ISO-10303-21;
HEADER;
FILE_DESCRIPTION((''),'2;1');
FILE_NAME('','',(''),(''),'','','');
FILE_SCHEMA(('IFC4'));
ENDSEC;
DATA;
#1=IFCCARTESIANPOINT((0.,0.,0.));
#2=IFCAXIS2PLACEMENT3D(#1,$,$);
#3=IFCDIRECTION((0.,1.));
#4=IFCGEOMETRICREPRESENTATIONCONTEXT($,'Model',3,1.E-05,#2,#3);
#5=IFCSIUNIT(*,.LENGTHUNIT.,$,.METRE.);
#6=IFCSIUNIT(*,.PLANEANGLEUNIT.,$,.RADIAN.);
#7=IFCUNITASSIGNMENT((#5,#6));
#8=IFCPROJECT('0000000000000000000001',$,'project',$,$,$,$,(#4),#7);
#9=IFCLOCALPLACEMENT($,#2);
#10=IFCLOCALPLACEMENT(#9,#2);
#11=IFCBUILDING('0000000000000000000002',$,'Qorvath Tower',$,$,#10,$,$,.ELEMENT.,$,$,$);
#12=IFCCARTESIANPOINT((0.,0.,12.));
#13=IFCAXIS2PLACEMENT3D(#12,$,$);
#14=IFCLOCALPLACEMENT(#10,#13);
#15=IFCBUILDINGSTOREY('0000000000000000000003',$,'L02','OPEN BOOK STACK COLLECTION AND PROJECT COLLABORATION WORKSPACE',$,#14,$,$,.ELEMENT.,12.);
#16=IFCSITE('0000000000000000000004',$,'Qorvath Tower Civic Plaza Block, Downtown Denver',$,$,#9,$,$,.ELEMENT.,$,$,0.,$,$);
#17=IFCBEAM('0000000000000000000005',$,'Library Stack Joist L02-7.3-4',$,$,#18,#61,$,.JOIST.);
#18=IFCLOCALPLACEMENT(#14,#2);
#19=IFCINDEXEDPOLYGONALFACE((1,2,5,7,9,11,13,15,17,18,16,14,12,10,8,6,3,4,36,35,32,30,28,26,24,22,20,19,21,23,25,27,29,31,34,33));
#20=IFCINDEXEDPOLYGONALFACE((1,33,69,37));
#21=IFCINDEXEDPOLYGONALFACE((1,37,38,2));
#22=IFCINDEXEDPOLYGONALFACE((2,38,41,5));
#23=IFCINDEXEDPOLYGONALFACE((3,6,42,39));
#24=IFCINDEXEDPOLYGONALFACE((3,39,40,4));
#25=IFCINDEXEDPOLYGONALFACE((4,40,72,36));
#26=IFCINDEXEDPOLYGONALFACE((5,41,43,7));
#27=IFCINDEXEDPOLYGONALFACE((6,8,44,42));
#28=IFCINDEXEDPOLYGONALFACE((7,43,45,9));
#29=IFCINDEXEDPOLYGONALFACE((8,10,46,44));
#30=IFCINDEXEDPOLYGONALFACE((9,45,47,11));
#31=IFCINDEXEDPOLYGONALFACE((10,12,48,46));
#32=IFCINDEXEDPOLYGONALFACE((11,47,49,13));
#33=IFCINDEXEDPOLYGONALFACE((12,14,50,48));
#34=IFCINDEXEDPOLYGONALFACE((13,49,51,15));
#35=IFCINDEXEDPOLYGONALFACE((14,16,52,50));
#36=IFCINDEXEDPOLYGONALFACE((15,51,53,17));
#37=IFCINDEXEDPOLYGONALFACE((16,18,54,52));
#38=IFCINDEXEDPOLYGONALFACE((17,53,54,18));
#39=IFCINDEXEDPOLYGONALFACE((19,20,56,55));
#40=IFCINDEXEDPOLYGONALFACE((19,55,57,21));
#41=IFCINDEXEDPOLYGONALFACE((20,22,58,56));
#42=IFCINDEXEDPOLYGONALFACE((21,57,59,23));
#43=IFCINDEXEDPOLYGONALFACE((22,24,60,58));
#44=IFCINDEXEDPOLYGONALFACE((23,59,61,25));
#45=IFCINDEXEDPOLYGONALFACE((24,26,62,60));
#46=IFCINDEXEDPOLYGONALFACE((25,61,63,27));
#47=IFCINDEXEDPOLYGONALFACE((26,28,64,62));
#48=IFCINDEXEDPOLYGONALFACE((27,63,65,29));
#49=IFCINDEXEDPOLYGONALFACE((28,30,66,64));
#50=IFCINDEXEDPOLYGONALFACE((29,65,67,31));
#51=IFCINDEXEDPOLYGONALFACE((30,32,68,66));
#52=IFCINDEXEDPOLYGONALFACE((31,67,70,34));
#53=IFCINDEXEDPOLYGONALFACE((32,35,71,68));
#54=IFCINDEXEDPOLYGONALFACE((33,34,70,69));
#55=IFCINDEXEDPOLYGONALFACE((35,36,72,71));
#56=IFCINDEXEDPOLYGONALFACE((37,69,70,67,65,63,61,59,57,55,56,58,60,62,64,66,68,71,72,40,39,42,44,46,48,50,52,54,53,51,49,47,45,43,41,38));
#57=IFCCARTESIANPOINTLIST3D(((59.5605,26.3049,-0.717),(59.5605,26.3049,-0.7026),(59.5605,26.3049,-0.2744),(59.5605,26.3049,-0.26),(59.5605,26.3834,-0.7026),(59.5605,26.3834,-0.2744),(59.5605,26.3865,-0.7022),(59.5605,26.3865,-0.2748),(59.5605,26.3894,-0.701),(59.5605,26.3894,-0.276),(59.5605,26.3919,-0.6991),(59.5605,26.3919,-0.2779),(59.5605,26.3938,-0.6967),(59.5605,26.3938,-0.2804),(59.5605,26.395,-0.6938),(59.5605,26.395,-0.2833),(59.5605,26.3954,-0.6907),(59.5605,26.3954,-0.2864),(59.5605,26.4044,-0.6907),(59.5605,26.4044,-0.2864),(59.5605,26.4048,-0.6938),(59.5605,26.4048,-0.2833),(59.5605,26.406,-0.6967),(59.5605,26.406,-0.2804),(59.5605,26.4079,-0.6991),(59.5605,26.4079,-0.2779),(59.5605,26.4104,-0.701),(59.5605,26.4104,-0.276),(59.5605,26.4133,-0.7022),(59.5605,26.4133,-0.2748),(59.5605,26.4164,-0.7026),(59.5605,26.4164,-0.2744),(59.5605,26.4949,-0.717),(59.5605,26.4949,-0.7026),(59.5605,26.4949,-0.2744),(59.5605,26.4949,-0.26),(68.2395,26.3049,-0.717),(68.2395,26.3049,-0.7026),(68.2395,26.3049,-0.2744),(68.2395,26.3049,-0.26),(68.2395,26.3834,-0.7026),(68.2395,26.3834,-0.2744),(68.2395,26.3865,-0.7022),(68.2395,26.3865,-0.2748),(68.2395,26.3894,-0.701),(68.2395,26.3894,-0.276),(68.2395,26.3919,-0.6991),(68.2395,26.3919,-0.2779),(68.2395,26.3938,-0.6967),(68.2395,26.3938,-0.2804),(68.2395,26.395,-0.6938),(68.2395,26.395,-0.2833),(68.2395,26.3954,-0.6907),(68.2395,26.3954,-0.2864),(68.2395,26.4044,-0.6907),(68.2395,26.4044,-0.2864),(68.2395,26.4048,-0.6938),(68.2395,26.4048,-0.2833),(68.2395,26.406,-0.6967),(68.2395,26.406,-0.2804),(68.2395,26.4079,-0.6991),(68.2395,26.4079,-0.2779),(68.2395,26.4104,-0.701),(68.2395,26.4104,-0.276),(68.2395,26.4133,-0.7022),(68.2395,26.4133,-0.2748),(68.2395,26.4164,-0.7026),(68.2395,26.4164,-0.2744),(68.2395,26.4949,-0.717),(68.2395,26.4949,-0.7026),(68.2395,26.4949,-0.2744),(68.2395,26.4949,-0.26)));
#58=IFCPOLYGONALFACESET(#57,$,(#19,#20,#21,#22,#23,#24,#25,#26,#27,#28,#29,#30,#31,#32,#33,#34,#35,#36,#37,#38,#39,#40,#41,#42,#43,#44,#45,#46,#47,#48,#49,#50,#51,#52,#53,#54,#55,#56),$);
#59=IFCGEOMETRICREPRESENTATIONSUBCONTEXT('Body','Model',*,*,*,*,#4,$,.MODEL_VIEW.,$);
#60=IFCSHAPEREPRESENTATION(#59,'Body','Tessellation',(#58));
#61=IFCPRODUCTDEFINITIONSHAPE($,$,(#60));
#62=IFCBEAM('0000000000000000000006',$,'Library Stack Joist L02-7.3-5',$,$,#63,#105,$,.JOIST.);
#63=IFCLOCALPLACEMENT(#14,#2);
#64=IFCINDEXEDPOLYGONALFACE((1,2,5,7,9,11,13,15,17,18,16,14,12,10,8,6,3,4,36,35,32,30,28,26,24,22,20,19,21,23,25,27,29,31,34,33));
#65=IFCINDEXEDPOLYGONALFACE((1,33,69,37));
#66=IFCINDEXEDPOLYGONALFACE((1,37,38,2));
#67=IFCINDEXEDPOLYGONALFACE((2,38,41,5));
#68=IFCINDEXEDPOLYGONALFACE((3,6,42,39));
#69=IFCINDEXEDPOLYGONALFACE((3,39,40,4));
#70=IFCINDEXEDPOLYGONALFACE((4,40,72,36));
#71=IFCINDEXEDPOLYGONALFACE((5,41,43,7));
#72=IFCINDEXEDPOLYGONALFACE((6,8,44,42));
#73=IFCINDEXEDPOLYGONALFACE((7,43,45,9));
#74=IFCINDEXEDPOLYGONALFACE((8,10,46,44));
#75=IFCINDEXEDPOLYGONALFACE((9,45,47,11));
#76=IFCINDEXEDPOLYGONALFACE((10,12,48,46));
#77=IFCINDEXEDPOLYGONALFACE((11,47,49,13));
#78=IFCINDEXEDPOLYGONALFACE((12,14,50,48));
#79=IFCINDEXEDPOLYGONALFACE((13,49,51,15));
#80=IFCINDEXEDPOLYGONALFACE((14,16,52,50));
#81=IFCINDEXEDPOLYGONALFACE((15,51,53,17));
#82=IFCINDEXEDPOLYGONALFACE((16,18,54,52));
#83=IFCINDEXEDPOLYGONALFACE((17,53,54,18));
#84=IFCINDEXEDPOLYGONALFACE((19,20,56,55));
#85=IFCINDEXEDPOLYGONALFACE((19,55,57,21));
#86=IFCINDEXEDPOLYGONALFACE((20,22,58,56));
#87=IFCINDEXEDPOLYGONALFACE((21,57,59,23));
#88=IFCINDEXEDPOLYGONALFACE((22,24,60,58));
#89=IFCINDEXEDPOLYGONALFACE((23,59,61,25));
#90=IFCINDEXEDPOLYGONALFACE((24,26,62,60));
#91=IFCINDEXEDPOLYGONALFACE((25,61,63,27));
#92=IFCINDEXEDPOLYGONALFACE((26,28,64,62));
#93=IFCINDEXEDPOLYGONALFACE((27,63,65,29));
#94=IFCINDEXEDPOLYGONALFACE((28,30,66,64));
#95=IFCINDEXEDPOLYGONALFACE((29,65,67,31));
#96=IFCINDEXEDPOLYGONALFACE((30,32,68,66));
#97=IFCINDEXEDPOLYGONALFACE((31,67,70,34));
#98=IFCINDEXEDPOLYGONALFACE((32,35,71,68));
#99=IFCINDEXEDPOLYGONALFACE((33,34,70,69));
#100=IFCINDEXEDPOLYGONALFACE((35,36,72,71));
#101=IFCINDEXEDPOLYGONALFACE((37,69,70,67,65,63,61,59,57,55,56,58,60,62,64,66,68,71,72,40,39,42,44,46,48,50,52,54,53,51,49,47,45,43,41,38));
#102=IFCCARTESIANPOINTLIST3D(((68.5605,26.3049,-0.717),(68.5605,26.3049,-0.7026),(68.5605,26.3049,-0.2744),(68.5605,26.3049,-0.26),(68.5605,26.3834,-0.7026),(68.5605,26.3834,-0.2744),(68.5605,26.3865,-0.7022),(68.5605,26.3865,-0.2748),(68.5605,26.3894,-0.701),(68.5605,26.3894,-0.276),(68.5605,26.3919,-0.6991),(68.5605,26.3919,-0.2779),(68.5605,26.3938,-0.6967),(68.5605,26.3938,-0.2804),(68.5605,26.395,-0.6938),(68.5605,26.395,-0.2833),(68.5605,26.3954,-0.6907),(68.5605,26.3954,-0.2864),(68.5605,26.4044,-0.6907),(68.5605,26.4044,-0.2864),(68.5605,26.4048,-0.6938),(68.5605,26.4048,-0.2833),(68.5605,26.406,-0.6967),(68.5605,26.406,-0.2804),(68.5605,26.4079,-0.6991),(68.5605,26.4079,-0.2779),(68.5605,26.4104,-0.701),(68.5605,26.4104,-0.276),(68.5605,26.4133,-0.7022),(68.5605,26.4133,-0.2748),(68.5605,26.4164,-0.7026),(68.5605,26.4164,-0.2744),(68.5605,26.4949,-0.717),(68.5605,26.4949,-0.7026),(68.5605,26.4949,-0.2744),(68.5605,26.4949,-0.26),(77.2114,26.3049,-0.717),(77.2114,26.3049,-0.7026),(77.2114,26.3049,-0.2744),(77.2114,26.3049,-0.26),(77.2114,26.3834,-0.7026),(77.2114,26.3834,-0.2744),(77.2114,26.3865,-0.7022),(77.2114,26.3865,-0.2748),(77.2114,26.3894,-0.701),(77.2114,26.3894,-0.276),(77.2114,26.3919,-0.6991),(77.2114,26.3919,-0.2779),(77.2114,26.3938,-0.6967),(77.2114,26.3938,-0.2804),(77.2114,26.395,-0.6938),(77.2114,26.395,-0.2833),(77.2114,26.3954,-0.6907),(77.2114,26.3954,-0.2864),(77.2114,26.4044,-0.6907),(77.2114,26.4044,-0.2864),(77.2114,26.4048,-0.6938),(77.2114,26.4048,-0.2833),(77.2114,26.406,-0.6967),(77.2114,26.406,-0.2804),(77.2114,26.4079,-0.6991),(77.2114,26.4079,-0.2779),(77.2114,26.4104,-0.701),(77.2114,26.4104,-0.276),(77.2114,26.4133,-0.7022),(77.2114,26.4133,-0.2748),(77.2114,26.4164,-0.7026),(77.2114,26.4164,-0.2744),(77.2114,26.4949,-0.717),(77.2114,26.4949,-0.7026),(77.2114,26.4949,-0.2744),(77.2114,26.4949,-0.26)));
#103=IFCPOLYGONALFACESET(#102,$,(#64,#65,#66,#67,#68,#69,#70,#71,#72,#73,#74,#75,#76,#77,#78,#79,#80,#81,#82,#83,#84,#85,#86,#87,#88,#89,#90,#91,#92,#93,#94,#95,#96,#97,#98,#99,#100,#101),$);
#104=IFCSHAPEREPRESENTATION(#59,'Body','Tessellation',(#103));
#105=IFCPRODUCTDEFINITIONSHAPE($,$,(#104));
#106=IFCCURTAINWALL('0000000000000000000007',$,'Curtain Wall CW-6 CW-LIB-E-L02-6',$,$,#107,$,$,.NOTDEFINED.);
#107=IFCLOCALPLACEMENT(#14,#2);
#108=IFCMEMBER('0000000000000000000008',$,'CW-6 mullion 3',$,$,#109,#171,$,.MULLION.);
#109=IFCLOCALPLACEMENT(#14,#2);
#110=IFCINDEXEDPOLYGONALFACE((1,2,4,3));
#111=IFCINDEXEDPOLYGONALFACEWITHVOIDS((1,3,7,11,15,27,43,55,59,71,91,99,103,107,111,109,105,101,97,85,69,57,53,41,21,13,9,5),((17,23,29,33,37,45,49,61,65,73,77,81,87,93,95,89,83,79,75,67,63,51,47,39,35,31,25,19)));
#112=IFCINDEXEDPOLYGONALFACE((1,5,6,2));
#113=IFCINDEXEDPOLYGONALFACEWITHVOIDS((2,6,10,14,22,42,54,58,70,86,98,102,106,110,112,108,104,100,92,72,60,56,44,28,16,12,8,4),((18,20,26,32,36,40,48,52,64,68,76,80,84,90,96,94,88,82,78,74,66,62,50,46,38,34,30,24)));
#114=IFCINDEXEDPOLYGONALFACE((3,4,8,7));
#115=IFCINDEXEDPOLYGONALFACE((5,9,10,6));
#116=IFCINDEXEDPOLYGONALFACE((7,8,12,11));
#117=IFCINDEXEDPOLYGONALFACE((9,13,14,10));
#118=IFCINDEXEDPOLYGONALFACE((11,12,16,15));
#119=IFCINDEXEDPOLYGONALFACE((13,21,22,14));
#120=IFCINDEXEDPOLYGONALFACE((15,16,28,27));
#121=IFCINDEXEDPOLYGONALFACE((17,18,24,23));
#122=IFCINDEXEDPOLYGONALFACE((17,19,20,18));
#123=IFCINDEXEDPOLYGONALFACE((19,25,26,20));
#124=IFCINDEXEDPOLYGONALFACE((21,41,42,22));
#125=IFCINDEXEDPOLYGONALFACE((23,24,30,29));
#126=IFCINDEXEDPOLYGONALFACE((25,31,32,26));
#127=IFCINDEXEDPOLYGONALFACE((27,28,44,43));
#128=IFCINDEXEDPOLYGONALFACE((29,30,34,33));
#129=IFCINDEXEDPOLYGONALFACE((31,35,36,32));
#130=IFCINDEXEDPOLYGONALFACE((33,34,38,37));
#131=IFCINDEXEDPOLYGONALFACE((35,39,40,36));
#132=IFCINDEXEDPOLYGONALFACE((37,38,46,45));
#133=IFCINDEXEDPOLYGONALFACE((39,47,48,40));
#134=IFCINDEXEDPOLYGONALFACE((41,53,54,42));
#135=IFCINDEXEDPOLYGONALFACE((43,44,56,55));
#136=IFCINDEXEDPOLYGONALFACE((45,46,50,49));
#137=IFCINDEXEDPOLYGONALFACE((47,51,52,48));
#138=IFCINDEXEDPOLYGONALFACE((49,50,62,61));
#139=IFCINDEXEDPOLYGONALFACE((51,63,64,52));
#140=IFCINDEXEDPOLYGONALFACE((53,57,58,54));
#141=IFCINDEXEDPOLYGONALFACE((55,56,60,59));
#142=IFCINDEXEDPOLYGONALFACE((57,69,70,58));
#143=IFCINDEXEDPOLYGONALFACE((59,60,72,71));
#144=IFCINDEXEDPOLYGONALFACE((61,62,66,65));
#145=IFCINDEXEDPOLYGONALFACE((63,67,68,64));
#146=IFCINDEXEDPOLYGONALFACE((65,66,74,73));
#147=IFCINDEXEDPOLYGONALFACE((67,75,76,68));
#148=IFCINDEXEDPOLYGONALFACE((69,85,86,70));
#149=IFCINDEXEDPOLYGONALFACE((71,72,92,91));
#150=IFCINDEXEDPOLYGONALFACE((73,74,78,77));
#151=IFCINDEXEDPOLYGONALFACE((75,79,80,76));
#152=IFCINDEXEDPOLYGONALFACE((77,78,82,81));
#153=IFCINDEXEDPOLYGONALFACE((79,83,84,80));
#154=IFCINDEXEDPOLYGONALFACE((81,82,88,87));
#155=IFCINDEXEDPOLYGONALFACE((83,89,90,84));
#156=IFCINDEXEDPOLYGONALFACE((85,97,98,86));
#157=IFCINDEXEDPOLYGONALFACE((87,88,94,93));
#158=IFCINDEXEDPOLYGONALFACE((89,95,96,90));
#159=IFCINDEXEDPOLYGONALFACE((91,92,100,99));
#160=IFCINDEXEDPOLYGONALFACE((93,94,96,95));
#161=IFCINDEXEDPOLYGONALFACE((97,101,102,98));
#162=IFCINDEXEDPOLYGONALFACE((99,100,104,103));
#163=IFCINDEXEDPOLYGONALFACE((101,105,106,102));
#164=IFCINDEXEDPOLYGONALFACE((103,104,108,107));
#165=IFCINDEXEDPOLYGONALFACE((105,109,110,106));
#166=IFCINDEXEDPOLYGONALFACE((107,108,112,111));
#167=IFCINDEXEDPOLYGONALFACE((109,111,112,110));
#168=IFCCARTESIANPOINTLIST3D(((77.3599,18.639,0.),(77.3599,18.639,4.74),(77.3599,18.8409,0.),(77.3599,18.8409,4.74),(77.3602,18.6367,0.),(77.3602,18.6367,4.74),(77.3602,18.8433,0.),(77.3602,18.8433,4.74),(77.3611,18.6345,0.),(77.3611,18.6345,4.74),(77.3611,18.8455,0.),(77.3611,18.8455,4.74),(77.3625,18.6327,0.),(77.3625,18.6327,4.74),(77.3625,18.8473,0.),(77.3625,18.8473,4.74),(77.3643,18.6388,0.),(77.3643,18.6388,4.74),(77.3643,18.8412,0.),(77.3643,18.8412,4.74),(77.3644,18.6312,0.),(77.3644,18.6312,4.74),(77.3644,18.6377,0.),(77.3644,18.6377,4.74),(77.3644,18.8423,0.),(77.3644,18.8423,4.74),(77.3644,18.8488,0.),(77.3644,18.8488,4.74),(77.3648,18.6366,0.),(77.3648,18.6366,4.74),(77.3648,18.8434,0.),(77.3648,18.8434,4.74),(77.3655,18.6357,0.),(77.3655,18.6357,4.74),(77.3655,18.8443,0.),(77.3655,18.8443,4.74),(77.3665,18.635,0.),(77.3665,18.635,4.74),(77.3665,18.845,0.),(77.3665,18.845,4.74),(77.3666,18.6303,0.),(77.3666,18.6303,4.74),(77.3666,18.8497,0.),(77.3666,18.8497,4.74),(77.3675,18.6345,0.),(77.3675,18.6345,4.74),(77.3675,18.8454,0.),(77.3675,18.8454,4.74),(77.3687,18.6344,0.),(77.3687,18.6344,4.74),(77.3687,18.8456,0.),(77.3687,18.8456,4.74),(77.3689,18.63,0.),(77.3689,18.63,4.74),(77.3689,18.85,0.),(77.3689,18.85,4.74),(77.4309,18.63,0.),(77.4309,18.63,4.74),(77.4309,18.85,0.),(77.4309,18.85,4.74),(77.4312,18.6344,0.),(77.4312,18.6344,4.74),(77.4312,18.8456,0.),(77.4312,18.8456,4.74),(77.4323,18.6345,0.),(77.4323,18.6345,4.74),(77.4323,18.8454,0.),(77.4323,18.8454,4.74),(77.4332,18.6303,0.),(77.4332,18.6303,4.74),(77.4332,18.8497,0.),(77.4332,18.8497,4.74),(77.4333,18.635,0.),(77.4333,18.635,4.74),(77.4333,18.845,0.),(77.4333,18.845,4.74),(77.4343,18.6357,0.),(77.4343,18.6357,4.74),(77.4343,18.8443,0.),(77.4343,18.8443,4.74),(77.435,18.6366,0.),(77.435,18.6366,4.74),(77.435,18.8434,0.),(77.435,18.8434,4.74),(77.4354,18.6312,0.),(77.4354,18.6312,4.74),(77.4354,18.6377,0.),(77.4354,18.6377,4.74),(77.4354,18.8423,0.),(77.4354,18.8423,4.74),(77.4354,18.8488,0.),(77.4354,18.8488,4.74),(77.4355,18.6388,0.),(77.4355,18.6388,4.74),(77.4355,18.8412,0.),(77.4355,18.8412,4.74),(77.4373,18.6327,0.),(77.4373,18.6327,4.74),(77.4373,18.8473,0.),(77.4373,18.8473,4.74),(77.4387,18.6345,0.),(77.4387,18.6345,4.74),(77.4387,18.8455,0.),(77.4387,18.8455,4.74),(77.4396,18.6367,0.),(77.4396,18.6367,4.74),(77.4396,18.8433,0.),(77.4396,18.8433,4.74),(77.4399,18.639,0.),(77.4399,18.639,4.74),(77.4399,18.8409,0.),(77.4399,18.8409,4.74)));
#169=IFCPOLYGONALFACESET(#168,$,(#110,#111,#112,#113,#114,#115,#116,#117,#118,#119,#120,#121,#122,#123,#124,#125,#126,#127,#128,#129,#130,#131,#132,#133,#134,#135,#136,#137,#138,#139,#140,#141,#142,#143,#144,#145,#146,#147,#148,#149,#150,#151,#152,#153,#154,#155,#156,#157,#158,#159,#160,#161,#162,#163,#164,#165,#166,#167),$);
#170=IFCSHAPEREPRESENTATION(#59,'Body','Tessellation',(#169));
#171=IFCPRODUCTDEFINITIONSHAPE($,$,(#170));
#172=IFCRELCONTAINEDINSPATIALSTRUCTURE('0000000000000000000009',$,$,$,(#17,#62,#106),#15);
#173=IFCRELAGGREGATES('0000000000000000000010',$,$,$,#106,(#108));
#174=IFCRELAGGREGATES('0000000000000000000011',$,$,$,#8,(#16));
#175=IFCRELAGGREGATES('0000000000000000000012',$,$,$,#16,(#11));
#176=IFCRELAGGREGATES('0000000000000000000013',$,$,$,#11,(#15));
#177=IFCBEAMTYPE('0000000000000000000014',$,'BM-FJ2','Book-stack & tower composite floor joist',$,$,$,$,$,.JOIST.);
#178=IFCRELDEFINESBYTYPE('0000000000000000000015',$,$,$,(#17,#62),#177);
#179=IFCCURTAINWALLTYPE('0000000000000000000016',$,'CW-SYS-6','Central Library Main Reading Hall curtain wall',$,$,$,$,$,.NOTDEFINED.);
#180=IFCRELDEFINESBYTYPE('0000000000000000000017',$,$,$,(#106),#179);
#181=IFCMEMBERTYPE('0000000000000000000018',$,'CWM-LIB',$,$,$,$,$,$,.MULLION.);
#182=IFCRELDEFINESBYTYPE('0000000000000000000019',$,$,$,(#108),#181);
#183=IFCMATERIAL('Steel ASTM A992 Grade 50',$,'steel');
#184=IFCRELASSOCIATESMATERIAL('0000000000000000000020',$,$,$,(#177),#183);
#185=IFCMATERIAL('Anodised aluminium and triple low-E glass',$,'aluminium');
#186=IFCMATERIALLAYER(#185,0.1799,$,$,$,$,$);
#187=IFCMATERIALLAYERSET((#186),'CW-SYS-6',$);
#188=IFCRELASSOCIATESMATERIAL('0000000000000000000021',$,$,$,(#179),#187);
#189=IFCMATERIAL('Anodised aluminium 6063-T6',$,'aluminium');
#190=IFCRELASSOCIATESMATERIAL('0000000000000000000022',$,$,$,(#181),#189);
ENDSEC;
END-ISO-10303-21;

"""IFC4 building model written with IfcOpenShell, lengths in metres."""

from ifc_helpers import new_model, si_unit, direction, frame, origin, origin_2d, place, context, subcontext, project, spatial, hollow_rectangle, i_section, extrude, material, layer, layer_set, material_profile, profile_set, type_object, element, aggregate, save


model = new_model("IFC4")

# Units and contexts
model_context = context("Model", 3, precision=1e-05, world=origin(), true_north=direction((0.0, 1.0)))
body_context = subcontext(model_context, "Body", "Model", "MODEL_VIEW")
ifc_project = project(units=[si_unit("LENGTHUNIT", "METRE"), si_unit("PLANEANGLEUNIT", "RADIAN")], contexts=[model_context])

# Site, building, storey
site_placement = place(None, origin())
site = spatial("IfcSite", under=ifc_project, at=site_placement, Name="Qorvath Tower Civic Plaza Block, Downtown Denver", CompositionType="ELEMENT", RefElevation=0.0)
building_placement = place(site_placement, origin())
building = spatial("IfcBuilding", under=site, at=building_placement, Name="Qorvath Tower", CompositionType="ELEMENT")
storey_placement = place(building_placement, frame((0.0, 0.0, 12.0)))
storey = spatial("IfcBuildingStorey", under=building, at=storey_placement, Name="L02", Description="OPEN BOOK STACK COLLECTION AND PROJECT COLLABORATION WORKSPACE", CompositionType="ELEMENT", Elevation=12.0)

# Beams
ifc_material_1 = material(Name="Steel ASTM A992 Grade 50", Category="steel")
ifc_material_profile_1 = material_profile(ifc_material_1, i_section(OverallWidth=0.1899, OverallDepth=0.457, WebThickness=0.009, FlangeThickness=0.0144, FilletRadius=0.012, at=origin_2d()), Name="W18x50")
ifc_profile_set_1 = profile_set([ifc_material_profile_1], Name="Steel ASTM A992 Grade 50")
beam_type_1 = type_object("IfcBeamType", Name="BM-FJ2", Description="Book-stack & tower composite floor joist", PredefinedType="JOIST", material=ifc_profile_set_1)
beam_1_placement = place(storey_placement, frame((59.5605, 26.3999, -0.4885), z_axis=(1.0, 0.0, 0.0), x_axis=(0.0, 1.0, 0.0)))
element("IfcBeam", 1, at=beam_1_placement, inside=storey, type_object=beam_type_1, Name="Library Stack Joist L02-7.3-4", PredefinedType="JOIST", context=body_context, shape_type="SweptSolid", body=[
    extrude(i_section(OverallWidth=0.1899, OverallDepth=0.457, WebThickness=0.009, FlangeThickness=0.0144, FilletRadius=0.012, at=origin_2d()), origin(), (0.0, 0.0, 1.0), 8.679),
])
beam_2_placement = place(storey_placement, frame((68.5605, 26.3999, -0.4885), z_axis=(1.0, 0.0, 0.0), x_axis=(0.0, 1.0, 0.0)))
element("IfcBeam", 2, at=beam_2_placement, inside=storey, type_object=beam_type_1, Name="Library Stack Joist L02-7.3-5", PredefinedType="JOIST", context=body_context, shape_type="SweptSolid", body=[
    extrude(i_section(OverallWidth=0.1899, OverallDepth=0.457, WebThickness=0.009, FlangeThickness=0.0144, FilletRadius=0.012, at=origin_2d()), origin(), (0.0, 0.0, 1.0), 8.6509),
])

# Curtain wall, member
ifc_material_2 = material(Name="Anodised aluminium and triple low-E glass", Category="aluminium")
ifc_layer_1 = layer(ifc_material_2, 0.1799)
ifc_layer_set_1 = layer_set([ifc_layer_1], Name="CW-SYS-6")
curtain_wall_type = type_object("IfcCurtainWallType", Name="CW-SYS-6", Description="Central Library Main Reading Hall curtain wall", PredefinedType="NOTDEFINED", material=ifc_layer_set_1)
curtain_wall_placement = place(storey_placement, origin())
curtain_wall = element("IfcCurtainWall", 3, at=curtain_wall_placement, inside=storey, type_object=curtain_wall_type, Name="Curtain Wall CW-6 CW-LIB-E-L02-6", PredefinedType="NOTDEFINED")
ifc_material_3 = material(Name="Anodised aluminium 6063-T6", Category="aluminium")
ifc_material_profile_2 = material_profile(ifc_material_3, hollow_rectangle(XDim=0.0801, YDim=0.22, WallThickness=0.0044, InnerFilletRadius=0.0044, OuterFilletRadius=0.009, at=origin_2d()), Name="CWM LIB 220x80")
ifc_profile_set_2 = profile_set([ifc_material_profile_2], Name="Anodised aluminium 6063-T6")
member_type_1 = type_object("IfcMemberType", Name="CWM-LIB", PredefinedType="MULLION", material=ifc_profile_set_2)
member_1_placement = place(storey_placement, frame((77.3999, 18.74, 0.0), z_axis=(0.0, 0.0, 1.0), x_axis=(-1.0, 0.0, 0.0)))
member_1 = element("IfcMember", 4, at=member_1_placement, type_object=member_type_1, Name="CW-6 mullion 3", PredefinedType="MULLION", context=body_context, shape_type="SweptSolid", body=[
    extrude(hollow_rectangle(XDim=0.0801, YDim=0.22, WallThickness=0.0044, InnerFilletRadius=0.0044, OuterFilletRadius=0.009, at=origin_2d()), origin(), (0.0, 0.0, 1.0), 4.74),
])
aggregate(curtain_wall, [member_1])

save(model, "model.ifc")
